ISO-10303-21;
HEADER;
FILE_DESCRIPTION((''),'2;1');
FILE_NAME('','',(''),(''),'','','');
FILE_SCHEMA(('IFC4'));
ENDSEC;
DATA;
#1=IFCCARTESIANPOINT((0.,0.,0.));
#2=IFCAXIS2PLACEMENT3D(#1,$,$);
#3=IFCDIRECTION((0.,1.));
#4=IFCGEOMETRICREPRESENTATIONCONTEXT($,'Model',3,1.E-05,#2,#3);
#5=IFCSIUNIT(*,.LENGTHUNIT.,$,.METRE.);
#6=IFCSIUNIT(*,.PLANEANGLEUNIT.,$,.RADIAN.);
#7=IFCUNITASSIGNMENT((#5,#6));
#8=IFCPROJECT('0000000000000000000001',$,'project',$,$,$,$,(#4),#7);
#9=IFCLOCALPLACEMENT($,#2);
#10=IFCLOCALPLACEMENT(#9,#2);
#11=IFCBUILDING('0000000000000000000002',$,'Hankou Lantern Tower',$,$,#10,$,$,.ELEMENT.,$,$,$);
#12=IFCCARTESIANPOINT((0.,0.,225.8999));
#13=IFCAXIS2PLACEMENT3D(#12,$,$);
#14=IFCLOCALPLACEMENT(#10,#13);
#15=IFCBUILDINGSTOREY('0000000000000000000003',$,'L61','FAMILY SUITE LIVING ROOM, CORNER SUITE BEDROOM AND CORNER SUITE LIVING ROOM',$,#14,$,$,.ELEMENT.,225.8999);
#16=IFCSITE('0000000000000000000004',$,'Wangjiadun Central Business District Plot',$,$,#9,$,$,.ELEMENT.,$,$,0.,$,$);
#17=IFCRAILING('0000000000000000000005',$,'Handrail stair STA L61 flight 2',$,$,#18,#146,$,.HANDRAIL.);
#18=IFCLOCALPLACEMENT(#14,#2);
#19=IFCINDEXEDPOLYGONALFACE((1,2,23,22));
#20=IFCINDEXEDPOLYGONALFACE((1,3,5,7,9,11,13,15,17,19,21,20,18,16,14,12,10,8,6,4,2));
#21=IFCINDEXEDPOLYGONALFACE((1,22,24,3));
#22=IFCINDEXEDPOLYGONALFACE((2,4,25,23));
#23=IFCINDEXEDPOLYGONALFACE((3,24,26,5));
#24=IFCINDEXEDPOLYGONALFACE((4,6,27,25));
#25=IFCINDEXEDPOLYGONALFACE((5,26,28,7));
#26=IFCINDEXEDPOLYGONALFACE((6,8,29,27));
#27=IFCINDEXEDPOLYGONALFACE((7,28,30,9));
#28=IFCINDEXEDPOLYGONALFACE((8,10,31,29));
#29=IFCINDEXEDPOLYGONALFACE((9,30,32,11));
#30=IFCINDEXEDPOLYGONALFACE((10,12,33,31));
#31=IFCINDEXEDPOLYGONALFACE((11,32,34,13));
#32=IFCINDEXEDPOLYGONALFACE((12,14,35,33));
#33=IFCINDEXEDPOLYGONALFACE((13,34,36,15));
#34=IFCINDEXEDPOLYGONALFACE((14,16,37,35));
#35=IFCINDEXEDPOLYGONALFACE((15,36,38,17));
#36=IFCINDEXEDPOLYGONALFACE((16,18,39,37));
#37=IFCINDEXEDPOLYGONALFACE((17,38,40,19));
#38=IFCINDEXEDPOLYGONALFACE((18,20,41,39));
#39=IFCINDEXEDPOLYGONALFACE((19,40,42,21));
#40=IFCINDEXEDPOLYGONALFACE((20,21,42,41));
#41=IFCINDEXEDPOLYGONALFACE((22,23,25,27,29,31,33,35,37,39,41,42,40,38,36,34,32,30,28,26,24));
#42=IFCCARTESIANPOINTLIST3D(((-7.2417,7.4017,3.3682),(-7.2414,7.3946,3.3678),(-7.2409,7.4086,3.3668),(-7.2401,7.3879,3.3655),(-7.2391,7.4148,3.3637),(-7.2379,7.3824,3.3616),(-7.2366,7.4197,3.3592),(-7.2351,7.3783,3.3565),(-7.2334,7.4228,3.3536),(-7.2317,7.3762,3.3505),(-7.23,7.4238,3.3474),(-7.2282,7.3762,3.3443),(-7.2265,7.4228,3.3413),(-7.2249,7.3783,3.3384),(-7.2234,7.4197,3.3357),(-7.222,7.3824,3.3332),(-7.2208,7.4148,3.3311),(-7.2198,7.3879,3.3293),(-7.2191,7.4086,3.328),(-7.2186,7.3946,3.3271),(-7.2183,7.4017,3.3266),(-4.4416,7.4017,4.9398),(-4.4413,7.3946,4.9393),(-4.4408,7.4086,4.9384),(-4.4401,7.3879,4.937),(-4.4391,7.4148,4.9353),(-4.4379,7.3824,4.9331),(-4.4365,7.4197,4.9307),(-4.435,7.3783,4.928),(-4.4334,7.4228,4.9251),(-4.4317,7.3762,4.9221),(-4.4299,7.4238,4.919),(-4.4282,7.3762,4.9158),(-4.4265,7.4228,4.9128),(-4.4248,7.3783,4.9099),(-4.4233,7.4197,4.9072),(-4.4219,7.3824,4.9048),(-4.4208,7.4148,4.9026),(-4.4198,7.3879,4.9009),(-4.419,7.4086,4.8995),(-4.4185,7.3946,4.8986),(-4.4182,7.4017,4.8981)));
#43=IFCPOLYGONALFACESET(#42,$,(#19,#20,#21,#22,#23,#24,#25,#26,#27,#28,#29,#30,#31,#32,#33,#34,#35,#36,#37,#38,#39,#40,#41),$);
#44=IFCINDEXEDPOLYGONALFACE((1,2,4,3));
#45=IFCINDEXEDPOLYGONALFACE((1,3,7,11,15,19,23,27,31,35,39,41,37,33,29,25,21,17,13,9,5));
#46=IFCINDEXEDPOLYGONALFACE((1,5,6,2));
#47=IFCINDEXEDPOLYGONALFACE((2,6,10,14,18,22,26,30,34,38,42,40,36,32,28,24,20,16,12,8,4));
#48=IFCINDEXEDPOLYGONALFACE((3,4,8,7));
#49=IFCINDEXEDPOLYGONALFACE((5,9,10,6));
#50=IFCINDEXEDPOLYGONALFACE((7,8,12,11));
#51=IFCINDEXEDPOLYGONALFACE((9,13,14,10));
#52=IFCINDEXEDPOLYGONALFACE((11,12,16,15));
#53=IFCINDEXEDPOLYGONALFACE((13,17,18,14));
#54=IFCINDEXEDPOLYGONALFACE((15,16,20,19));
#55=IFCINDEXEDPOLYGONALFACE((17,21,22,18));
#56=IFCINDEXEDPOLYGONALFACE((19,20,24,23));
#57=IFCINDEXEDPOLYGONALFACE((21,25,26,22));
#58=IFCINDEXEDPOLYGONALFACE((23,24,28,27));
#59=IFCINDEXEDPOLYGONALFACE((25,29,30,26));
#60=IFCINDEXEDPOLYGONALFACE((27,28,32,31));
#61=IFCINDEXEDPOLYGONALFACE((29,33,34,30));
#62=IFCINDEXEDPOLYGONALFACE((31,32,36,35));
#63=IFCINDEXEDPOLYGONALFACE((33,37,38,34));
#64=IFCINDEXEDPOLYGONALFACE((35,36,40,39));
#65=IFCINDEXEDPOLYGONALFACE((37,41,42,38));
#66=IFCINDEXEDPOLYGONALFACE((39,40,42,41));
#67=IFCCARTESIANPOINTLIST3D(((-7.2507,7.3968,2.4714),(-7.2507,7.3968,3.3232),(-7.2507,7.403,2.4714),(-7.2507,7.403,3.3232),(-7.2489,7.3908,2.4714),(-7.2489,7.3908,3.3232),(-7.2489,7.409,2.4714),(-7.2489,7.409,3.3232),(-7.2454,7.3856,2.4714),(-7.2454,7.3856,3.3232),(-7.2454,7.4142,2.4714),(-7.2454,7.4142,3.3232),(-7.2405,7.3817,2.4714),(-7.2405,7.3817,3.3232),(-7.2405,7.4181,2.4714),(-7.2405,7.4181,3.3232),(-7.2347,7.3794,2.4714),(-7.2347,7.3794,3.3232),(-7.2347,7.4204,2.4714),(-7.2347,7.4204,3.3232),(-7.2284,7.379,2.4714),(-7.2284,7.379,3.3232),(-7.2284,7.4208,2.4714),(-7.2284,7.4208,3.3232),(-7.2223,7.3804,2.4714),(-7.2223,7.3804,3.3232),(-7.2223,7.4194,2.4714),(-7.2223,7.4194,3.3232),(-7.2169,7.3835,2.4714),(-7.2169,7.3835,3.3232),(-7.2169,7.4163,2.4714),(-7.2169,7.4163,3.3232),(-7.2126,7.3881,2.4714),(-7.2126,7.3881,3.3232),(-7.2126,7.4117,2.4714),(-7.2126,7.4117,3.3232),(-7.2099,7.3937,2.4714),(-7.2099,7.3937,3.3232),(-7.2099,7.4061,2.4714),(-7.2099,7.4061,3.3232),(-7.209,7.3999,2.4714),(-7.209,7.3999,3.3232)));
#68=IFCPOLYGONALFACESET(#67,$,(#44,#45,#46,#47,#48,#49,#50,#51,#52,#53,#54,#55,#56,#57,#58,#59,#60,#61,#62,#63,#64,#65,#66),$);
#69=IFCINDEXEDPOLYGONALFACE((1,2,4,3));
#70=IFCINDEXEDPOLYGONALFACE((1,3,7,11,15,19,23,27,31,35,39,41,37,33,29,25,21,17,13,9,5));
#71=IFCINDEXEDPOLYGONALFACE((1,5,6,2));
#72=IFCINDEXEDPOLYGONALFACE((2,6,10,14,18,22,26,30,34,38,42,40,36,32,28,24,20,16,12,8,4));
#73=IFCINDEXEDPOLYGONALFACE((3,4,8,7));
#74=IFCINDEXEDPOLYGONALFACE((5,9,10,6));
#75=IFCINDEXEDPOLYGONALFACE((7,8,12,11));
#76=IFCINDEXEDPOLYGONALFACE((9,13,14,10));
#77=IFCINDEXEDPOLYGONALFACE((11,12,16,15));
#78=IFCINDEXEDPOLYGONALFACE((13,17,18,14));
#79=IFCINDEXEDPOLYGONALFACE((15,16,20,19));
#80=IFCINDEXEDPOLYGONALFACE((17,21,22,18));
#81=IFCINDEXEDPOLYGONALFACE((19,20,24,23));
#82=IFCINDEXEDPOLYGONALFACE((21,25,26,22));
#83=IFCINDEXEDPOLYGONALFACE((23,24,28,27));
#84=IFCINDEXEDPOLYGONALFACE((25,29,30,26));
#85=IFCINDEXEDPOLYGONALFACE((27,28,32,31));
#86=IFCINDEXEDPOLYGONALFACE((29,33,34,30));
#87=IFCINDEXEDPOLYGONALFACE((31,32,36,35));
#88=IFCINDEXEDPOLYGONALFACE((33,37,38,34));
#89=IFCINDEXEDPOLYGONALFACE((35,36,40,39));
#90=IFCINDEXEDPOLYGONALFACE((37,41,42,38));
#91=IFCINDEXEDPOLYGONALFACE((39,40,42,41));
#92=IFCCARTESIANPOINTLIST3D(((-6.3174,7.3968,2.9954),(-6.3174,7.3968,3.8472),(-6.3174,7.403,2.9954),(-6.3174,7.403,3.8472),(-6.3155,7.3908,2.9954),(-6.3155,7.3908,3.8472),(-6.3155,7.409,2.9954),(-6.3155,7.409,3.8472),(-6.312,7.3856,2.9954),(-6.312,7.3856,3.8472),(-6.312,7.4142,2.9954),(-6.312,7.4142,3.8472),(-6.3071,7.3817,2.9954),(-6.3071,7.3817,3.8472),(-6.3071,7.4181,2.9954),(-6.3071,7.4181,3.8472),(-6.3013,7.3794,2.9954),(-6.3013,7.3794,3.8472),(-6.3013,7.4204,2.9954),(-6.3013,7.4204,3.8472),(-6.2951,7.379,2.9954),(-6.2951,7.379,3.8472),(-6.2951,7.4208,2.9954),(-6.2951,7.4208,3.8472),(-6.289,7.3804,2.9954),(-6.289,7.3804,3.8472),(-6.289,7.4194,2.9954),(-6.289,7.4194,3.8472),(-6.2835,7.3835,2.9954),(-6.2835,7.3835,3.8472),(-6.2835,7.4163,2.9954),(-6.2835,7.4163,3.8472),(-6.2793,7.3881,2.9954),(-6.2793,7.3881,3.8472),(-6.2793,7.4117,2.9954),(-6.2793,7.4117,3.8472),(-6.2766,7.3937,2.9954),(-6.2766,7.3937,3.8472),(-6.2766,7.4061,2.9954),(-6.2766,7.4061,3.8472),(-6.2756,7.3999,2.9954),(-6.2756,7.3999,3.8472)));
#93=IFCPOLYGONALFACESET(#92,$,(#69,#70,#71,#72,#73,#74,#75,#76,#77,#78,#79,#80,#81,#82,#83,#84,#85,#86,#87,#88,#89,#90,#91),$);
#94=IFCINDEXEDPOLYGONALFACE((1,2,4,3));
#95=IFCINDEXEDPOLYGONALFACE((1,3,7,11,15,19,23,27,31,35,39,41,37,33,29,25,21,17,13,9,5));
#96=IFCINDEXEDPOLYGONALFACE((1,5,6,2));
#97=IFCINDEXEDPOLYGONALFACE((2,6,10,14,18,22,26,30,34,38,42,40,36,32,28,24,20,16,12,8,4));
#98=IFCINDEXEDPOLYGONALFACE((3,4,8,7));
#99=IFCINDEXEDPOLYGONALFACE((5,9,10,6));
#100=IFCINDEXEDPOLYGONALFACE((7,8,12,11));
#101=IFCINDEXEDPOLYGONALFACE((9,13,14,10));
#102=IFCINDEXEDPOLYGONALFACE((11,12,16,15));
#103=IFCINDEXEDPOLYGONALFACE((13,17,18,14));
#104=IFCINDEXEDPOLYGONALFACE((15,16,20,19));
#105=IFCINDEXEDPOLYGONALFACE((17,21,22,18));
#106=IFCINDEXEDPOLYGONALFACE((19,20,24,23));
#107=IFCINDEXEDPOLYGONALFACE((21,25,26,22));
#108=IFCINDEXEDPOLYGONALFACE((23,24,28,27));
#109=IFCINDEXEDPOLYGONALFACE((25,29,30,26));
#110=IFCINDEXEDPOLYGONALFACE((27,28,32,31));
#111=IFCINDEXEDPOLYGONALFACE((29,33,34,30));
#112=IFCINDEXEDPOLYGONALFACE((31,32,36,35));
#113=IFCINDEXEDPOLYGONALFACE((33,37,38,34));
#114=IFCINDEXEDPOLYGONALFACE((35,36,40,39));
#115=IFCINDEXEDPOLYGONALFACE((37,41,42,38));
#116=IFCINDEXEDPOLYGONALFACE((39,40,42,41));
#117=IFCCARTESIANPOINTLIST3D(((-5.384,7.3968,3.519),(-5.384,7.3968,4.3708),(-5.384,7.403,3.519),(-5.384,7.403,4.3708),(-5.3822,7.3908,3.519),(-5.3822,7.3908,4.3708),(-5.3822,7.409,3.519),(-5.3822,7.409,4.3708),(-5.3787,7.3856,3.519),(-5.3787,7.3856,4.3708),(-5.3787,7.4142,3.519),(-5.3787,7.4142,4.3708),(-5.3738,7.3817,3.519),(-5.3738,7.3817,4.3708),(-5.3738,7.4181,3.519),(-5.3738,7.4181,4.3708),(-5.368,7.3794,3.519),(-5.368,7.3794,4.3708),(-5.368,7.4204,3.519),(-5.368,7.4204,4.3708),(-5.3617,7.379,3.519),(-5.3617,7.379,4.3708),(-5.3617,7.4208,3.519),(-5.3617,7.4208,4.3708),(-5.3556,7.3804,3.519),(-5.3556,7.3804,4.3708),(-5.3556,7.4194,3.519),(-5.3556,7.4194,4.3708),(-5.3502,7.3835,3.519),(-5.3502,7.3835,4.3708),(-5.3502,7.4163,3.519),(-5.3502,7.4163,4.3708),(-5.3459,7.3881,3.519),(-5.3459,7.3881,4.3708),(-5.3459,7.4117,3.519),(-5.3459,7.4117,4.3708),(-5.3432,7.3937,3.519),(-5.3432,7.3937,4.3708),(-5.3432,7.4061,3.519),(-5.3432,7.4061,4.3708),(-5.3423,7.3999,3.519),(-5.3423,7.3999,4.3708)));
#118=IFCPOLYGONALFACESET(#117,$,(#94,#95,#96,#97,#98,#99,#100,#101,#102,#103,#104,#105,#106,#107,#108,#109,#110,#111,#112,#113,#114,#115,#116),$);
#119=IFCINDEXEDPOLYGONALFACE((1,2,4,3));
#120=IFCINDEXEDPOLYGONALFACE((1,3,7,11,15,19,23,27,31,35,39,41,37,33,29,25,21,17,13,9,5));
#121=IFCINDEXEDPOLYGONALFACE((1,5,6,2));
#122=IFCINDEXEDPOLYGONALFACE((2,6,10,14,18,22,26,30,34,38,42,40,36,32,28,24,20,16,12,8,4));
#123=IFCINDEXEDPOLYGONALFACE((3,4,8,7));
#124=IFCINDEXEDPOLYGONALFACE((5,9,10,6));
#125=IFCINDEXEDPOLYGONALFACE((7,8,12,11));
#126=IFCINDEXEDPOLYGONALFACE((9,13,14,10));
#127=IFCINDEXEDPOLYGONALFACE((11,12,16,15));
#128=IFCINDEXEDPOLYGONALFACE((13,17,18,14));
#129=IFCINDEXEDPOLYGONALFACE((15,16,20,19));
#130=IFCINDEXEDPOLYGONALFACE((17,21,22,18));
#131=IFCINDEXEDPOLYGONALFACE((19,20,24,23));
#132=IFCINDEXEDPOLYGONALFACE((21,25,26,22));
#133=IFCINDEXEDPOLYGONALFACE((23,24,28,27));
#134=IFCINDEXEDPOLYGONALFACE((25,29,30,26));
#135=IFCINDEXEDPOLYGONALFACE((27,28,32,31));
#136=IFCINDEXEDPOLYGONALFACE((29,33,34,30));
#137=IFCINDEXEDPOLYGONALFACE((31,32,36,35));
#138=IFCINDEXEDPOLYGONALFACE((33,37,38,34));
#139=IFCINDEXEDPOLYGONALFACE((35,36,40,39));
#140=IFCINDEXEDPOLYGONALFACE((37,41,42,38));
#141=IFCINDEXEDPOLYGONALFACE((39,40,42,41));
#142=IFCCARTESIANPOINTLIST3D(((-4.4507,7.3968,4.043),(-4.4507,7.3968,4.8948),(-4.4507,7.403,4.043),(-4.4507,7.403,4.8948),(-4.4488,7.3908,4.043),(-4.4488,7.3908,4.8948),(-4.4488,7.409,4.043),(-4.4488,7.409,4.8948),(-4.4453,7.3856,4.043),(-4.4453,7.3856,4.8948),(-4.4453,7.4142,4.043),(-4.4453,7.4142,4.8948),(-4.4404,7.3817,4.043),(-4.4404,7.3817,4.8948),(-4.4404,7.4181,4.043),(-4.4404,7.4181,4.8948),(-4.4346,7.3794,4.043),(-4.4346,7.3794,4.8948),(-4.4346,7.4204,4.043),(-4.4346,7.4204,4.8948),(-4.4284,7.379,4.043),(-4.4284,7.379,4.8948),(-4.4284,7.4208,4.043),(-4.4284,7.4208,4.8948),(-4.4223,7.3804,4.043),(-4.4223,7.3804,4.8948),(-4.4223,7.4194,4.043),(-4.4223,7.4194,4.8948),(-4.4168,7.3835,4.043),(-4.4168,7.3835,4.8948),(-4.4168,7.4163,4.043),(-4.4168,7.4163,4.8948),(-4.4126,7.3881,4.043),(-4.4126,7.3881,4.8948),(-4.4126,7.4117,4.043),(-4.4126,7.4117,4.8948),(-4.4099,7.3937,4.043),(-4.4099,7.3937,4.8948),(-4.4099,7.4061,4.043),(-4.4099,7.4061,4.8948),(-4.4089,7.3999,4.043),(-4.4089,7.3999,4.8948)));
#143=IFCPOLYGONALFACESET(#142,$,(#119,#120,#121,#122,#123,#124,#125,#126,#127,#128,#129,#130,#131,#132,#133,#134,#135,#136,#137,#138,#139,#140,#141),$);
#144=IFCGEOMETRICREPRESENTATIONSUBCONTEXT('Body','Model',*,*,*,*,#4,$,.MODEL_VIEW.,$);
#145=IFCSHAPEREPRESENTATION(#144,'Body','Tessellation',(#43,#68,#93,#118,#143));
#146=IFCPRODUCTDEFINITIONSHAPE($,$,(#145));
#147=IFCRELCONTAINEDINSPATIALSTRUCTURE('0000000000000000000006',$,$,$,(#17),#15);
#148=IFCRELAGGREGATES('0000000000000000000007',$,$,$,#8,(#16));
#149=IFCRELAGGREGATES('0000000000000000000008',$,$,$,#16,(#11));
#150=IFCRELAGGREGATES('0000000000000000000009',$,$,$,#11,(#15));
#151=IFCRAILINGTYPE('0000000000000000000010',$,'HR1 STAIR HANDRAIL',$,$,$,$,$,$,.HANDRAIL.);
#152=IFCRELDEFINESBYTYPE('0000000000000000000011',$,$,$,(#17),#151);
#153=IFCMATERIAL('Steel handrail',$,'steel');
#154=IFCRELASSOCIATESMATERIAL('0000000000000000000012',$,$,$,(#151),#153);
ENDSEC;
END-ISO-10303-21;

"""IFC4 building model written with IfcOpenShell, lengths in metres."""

from ifc_helpers import new_model, si_unit, direction, frame, origin, origin_2d, place, context, subcontext, project, spatial, circle, extrude, material, type_object, element, save


model = new_model("IFC4")

# Units and contexts
model_context = context("Model", 3, precision=1e-05, world=origin(), true_north=direction((0.0, 1.0)))
body_context = subcontext(model_context, "Body", "Model", "MODEL_VIEW")
ifc_project = project(units=[si_unit("LENGTHUNIT", "METRE"), si_unit("PLANEANGLEUNIT", "RADIAN")], contexts=[model_context])

# Site, building, storey
site_placement = place(None, origin())
site = spatial("IfcSite", under=ifc_project, at=site_placement, Name="Wangjiadun Central Business District Plot", CompositionType="ELEMENT", RefElevation=0.0)
building_placement = place(site_placement, origin())
building = spatial("IfcBuilding", under=site, at=building_placement, Name="Hankou Lantern Tower", CompositionType="ELEMENT")
storey_placement = place(building_placement, frame((0.0, 0.0, 225.8999)))
storey = spatial("IfcBuildingStorey", under=building, at=storey_placement, Name="L61", Description="FAMILY SUITE LIVING ROOM, CORNER SUITE BEDROOM AND CORNER SUITE LIVING ROOM", CompositionType="ELEMENT", Elevation=225.8999)

# Railing
ifc_material_1 = material(Name="Steel handrail", Category="steel")
railing_type = type_object("IfcRailingType", Name="HR1 STAIR HANDRAIL", PredefinedType="HANDRAIL", material=ifc_material_1)
railing_1_placement = place(storey_placement, frame((-7.23, 7.3999, 2.4714)))
element("IfcRailing", 1, at=railing_1_placement, inside=storey, type_object=railing_type, Name="Handrail stair STA L61 flight 2", PredefinedType="HANDRAIL", context=body_context, shape_type="SweptSolid", body=[
    extrude(circle(Radius=0.0239, at=origin_2d()), frame((0.0, 0.0, 0.876), z_axis=(0.87204, 0.0, 0.489434), x_axis=(0.0, 1.0, 0.0)), (0.0, 0.0, 1.0), 3.2109),
    extrude(circle(Radius=0.021, at=origin_2d()), origin(), (0.0, 0.0, 1.0), 0.8518),
    extrude(circle(Radius=0.021, at=origin_2d()), frame((0.9333, 0.0, 0.5239)), (0.0, 0.0, 1.0), 0.8518),
    extrude(circle(Radius=0.021, at=origin_2d()), frame((1.8667, 0.0, 1.0476)), (0.0, 0.0, 1.0), 0.8518),
    extrude(circle(Radius=0.021, at=origin_2d()), frame((2.8, 0.0, 1.5715)), (0.0, 0.0, 1.0), 0.8518),
])

save(model, "model.ifc")
